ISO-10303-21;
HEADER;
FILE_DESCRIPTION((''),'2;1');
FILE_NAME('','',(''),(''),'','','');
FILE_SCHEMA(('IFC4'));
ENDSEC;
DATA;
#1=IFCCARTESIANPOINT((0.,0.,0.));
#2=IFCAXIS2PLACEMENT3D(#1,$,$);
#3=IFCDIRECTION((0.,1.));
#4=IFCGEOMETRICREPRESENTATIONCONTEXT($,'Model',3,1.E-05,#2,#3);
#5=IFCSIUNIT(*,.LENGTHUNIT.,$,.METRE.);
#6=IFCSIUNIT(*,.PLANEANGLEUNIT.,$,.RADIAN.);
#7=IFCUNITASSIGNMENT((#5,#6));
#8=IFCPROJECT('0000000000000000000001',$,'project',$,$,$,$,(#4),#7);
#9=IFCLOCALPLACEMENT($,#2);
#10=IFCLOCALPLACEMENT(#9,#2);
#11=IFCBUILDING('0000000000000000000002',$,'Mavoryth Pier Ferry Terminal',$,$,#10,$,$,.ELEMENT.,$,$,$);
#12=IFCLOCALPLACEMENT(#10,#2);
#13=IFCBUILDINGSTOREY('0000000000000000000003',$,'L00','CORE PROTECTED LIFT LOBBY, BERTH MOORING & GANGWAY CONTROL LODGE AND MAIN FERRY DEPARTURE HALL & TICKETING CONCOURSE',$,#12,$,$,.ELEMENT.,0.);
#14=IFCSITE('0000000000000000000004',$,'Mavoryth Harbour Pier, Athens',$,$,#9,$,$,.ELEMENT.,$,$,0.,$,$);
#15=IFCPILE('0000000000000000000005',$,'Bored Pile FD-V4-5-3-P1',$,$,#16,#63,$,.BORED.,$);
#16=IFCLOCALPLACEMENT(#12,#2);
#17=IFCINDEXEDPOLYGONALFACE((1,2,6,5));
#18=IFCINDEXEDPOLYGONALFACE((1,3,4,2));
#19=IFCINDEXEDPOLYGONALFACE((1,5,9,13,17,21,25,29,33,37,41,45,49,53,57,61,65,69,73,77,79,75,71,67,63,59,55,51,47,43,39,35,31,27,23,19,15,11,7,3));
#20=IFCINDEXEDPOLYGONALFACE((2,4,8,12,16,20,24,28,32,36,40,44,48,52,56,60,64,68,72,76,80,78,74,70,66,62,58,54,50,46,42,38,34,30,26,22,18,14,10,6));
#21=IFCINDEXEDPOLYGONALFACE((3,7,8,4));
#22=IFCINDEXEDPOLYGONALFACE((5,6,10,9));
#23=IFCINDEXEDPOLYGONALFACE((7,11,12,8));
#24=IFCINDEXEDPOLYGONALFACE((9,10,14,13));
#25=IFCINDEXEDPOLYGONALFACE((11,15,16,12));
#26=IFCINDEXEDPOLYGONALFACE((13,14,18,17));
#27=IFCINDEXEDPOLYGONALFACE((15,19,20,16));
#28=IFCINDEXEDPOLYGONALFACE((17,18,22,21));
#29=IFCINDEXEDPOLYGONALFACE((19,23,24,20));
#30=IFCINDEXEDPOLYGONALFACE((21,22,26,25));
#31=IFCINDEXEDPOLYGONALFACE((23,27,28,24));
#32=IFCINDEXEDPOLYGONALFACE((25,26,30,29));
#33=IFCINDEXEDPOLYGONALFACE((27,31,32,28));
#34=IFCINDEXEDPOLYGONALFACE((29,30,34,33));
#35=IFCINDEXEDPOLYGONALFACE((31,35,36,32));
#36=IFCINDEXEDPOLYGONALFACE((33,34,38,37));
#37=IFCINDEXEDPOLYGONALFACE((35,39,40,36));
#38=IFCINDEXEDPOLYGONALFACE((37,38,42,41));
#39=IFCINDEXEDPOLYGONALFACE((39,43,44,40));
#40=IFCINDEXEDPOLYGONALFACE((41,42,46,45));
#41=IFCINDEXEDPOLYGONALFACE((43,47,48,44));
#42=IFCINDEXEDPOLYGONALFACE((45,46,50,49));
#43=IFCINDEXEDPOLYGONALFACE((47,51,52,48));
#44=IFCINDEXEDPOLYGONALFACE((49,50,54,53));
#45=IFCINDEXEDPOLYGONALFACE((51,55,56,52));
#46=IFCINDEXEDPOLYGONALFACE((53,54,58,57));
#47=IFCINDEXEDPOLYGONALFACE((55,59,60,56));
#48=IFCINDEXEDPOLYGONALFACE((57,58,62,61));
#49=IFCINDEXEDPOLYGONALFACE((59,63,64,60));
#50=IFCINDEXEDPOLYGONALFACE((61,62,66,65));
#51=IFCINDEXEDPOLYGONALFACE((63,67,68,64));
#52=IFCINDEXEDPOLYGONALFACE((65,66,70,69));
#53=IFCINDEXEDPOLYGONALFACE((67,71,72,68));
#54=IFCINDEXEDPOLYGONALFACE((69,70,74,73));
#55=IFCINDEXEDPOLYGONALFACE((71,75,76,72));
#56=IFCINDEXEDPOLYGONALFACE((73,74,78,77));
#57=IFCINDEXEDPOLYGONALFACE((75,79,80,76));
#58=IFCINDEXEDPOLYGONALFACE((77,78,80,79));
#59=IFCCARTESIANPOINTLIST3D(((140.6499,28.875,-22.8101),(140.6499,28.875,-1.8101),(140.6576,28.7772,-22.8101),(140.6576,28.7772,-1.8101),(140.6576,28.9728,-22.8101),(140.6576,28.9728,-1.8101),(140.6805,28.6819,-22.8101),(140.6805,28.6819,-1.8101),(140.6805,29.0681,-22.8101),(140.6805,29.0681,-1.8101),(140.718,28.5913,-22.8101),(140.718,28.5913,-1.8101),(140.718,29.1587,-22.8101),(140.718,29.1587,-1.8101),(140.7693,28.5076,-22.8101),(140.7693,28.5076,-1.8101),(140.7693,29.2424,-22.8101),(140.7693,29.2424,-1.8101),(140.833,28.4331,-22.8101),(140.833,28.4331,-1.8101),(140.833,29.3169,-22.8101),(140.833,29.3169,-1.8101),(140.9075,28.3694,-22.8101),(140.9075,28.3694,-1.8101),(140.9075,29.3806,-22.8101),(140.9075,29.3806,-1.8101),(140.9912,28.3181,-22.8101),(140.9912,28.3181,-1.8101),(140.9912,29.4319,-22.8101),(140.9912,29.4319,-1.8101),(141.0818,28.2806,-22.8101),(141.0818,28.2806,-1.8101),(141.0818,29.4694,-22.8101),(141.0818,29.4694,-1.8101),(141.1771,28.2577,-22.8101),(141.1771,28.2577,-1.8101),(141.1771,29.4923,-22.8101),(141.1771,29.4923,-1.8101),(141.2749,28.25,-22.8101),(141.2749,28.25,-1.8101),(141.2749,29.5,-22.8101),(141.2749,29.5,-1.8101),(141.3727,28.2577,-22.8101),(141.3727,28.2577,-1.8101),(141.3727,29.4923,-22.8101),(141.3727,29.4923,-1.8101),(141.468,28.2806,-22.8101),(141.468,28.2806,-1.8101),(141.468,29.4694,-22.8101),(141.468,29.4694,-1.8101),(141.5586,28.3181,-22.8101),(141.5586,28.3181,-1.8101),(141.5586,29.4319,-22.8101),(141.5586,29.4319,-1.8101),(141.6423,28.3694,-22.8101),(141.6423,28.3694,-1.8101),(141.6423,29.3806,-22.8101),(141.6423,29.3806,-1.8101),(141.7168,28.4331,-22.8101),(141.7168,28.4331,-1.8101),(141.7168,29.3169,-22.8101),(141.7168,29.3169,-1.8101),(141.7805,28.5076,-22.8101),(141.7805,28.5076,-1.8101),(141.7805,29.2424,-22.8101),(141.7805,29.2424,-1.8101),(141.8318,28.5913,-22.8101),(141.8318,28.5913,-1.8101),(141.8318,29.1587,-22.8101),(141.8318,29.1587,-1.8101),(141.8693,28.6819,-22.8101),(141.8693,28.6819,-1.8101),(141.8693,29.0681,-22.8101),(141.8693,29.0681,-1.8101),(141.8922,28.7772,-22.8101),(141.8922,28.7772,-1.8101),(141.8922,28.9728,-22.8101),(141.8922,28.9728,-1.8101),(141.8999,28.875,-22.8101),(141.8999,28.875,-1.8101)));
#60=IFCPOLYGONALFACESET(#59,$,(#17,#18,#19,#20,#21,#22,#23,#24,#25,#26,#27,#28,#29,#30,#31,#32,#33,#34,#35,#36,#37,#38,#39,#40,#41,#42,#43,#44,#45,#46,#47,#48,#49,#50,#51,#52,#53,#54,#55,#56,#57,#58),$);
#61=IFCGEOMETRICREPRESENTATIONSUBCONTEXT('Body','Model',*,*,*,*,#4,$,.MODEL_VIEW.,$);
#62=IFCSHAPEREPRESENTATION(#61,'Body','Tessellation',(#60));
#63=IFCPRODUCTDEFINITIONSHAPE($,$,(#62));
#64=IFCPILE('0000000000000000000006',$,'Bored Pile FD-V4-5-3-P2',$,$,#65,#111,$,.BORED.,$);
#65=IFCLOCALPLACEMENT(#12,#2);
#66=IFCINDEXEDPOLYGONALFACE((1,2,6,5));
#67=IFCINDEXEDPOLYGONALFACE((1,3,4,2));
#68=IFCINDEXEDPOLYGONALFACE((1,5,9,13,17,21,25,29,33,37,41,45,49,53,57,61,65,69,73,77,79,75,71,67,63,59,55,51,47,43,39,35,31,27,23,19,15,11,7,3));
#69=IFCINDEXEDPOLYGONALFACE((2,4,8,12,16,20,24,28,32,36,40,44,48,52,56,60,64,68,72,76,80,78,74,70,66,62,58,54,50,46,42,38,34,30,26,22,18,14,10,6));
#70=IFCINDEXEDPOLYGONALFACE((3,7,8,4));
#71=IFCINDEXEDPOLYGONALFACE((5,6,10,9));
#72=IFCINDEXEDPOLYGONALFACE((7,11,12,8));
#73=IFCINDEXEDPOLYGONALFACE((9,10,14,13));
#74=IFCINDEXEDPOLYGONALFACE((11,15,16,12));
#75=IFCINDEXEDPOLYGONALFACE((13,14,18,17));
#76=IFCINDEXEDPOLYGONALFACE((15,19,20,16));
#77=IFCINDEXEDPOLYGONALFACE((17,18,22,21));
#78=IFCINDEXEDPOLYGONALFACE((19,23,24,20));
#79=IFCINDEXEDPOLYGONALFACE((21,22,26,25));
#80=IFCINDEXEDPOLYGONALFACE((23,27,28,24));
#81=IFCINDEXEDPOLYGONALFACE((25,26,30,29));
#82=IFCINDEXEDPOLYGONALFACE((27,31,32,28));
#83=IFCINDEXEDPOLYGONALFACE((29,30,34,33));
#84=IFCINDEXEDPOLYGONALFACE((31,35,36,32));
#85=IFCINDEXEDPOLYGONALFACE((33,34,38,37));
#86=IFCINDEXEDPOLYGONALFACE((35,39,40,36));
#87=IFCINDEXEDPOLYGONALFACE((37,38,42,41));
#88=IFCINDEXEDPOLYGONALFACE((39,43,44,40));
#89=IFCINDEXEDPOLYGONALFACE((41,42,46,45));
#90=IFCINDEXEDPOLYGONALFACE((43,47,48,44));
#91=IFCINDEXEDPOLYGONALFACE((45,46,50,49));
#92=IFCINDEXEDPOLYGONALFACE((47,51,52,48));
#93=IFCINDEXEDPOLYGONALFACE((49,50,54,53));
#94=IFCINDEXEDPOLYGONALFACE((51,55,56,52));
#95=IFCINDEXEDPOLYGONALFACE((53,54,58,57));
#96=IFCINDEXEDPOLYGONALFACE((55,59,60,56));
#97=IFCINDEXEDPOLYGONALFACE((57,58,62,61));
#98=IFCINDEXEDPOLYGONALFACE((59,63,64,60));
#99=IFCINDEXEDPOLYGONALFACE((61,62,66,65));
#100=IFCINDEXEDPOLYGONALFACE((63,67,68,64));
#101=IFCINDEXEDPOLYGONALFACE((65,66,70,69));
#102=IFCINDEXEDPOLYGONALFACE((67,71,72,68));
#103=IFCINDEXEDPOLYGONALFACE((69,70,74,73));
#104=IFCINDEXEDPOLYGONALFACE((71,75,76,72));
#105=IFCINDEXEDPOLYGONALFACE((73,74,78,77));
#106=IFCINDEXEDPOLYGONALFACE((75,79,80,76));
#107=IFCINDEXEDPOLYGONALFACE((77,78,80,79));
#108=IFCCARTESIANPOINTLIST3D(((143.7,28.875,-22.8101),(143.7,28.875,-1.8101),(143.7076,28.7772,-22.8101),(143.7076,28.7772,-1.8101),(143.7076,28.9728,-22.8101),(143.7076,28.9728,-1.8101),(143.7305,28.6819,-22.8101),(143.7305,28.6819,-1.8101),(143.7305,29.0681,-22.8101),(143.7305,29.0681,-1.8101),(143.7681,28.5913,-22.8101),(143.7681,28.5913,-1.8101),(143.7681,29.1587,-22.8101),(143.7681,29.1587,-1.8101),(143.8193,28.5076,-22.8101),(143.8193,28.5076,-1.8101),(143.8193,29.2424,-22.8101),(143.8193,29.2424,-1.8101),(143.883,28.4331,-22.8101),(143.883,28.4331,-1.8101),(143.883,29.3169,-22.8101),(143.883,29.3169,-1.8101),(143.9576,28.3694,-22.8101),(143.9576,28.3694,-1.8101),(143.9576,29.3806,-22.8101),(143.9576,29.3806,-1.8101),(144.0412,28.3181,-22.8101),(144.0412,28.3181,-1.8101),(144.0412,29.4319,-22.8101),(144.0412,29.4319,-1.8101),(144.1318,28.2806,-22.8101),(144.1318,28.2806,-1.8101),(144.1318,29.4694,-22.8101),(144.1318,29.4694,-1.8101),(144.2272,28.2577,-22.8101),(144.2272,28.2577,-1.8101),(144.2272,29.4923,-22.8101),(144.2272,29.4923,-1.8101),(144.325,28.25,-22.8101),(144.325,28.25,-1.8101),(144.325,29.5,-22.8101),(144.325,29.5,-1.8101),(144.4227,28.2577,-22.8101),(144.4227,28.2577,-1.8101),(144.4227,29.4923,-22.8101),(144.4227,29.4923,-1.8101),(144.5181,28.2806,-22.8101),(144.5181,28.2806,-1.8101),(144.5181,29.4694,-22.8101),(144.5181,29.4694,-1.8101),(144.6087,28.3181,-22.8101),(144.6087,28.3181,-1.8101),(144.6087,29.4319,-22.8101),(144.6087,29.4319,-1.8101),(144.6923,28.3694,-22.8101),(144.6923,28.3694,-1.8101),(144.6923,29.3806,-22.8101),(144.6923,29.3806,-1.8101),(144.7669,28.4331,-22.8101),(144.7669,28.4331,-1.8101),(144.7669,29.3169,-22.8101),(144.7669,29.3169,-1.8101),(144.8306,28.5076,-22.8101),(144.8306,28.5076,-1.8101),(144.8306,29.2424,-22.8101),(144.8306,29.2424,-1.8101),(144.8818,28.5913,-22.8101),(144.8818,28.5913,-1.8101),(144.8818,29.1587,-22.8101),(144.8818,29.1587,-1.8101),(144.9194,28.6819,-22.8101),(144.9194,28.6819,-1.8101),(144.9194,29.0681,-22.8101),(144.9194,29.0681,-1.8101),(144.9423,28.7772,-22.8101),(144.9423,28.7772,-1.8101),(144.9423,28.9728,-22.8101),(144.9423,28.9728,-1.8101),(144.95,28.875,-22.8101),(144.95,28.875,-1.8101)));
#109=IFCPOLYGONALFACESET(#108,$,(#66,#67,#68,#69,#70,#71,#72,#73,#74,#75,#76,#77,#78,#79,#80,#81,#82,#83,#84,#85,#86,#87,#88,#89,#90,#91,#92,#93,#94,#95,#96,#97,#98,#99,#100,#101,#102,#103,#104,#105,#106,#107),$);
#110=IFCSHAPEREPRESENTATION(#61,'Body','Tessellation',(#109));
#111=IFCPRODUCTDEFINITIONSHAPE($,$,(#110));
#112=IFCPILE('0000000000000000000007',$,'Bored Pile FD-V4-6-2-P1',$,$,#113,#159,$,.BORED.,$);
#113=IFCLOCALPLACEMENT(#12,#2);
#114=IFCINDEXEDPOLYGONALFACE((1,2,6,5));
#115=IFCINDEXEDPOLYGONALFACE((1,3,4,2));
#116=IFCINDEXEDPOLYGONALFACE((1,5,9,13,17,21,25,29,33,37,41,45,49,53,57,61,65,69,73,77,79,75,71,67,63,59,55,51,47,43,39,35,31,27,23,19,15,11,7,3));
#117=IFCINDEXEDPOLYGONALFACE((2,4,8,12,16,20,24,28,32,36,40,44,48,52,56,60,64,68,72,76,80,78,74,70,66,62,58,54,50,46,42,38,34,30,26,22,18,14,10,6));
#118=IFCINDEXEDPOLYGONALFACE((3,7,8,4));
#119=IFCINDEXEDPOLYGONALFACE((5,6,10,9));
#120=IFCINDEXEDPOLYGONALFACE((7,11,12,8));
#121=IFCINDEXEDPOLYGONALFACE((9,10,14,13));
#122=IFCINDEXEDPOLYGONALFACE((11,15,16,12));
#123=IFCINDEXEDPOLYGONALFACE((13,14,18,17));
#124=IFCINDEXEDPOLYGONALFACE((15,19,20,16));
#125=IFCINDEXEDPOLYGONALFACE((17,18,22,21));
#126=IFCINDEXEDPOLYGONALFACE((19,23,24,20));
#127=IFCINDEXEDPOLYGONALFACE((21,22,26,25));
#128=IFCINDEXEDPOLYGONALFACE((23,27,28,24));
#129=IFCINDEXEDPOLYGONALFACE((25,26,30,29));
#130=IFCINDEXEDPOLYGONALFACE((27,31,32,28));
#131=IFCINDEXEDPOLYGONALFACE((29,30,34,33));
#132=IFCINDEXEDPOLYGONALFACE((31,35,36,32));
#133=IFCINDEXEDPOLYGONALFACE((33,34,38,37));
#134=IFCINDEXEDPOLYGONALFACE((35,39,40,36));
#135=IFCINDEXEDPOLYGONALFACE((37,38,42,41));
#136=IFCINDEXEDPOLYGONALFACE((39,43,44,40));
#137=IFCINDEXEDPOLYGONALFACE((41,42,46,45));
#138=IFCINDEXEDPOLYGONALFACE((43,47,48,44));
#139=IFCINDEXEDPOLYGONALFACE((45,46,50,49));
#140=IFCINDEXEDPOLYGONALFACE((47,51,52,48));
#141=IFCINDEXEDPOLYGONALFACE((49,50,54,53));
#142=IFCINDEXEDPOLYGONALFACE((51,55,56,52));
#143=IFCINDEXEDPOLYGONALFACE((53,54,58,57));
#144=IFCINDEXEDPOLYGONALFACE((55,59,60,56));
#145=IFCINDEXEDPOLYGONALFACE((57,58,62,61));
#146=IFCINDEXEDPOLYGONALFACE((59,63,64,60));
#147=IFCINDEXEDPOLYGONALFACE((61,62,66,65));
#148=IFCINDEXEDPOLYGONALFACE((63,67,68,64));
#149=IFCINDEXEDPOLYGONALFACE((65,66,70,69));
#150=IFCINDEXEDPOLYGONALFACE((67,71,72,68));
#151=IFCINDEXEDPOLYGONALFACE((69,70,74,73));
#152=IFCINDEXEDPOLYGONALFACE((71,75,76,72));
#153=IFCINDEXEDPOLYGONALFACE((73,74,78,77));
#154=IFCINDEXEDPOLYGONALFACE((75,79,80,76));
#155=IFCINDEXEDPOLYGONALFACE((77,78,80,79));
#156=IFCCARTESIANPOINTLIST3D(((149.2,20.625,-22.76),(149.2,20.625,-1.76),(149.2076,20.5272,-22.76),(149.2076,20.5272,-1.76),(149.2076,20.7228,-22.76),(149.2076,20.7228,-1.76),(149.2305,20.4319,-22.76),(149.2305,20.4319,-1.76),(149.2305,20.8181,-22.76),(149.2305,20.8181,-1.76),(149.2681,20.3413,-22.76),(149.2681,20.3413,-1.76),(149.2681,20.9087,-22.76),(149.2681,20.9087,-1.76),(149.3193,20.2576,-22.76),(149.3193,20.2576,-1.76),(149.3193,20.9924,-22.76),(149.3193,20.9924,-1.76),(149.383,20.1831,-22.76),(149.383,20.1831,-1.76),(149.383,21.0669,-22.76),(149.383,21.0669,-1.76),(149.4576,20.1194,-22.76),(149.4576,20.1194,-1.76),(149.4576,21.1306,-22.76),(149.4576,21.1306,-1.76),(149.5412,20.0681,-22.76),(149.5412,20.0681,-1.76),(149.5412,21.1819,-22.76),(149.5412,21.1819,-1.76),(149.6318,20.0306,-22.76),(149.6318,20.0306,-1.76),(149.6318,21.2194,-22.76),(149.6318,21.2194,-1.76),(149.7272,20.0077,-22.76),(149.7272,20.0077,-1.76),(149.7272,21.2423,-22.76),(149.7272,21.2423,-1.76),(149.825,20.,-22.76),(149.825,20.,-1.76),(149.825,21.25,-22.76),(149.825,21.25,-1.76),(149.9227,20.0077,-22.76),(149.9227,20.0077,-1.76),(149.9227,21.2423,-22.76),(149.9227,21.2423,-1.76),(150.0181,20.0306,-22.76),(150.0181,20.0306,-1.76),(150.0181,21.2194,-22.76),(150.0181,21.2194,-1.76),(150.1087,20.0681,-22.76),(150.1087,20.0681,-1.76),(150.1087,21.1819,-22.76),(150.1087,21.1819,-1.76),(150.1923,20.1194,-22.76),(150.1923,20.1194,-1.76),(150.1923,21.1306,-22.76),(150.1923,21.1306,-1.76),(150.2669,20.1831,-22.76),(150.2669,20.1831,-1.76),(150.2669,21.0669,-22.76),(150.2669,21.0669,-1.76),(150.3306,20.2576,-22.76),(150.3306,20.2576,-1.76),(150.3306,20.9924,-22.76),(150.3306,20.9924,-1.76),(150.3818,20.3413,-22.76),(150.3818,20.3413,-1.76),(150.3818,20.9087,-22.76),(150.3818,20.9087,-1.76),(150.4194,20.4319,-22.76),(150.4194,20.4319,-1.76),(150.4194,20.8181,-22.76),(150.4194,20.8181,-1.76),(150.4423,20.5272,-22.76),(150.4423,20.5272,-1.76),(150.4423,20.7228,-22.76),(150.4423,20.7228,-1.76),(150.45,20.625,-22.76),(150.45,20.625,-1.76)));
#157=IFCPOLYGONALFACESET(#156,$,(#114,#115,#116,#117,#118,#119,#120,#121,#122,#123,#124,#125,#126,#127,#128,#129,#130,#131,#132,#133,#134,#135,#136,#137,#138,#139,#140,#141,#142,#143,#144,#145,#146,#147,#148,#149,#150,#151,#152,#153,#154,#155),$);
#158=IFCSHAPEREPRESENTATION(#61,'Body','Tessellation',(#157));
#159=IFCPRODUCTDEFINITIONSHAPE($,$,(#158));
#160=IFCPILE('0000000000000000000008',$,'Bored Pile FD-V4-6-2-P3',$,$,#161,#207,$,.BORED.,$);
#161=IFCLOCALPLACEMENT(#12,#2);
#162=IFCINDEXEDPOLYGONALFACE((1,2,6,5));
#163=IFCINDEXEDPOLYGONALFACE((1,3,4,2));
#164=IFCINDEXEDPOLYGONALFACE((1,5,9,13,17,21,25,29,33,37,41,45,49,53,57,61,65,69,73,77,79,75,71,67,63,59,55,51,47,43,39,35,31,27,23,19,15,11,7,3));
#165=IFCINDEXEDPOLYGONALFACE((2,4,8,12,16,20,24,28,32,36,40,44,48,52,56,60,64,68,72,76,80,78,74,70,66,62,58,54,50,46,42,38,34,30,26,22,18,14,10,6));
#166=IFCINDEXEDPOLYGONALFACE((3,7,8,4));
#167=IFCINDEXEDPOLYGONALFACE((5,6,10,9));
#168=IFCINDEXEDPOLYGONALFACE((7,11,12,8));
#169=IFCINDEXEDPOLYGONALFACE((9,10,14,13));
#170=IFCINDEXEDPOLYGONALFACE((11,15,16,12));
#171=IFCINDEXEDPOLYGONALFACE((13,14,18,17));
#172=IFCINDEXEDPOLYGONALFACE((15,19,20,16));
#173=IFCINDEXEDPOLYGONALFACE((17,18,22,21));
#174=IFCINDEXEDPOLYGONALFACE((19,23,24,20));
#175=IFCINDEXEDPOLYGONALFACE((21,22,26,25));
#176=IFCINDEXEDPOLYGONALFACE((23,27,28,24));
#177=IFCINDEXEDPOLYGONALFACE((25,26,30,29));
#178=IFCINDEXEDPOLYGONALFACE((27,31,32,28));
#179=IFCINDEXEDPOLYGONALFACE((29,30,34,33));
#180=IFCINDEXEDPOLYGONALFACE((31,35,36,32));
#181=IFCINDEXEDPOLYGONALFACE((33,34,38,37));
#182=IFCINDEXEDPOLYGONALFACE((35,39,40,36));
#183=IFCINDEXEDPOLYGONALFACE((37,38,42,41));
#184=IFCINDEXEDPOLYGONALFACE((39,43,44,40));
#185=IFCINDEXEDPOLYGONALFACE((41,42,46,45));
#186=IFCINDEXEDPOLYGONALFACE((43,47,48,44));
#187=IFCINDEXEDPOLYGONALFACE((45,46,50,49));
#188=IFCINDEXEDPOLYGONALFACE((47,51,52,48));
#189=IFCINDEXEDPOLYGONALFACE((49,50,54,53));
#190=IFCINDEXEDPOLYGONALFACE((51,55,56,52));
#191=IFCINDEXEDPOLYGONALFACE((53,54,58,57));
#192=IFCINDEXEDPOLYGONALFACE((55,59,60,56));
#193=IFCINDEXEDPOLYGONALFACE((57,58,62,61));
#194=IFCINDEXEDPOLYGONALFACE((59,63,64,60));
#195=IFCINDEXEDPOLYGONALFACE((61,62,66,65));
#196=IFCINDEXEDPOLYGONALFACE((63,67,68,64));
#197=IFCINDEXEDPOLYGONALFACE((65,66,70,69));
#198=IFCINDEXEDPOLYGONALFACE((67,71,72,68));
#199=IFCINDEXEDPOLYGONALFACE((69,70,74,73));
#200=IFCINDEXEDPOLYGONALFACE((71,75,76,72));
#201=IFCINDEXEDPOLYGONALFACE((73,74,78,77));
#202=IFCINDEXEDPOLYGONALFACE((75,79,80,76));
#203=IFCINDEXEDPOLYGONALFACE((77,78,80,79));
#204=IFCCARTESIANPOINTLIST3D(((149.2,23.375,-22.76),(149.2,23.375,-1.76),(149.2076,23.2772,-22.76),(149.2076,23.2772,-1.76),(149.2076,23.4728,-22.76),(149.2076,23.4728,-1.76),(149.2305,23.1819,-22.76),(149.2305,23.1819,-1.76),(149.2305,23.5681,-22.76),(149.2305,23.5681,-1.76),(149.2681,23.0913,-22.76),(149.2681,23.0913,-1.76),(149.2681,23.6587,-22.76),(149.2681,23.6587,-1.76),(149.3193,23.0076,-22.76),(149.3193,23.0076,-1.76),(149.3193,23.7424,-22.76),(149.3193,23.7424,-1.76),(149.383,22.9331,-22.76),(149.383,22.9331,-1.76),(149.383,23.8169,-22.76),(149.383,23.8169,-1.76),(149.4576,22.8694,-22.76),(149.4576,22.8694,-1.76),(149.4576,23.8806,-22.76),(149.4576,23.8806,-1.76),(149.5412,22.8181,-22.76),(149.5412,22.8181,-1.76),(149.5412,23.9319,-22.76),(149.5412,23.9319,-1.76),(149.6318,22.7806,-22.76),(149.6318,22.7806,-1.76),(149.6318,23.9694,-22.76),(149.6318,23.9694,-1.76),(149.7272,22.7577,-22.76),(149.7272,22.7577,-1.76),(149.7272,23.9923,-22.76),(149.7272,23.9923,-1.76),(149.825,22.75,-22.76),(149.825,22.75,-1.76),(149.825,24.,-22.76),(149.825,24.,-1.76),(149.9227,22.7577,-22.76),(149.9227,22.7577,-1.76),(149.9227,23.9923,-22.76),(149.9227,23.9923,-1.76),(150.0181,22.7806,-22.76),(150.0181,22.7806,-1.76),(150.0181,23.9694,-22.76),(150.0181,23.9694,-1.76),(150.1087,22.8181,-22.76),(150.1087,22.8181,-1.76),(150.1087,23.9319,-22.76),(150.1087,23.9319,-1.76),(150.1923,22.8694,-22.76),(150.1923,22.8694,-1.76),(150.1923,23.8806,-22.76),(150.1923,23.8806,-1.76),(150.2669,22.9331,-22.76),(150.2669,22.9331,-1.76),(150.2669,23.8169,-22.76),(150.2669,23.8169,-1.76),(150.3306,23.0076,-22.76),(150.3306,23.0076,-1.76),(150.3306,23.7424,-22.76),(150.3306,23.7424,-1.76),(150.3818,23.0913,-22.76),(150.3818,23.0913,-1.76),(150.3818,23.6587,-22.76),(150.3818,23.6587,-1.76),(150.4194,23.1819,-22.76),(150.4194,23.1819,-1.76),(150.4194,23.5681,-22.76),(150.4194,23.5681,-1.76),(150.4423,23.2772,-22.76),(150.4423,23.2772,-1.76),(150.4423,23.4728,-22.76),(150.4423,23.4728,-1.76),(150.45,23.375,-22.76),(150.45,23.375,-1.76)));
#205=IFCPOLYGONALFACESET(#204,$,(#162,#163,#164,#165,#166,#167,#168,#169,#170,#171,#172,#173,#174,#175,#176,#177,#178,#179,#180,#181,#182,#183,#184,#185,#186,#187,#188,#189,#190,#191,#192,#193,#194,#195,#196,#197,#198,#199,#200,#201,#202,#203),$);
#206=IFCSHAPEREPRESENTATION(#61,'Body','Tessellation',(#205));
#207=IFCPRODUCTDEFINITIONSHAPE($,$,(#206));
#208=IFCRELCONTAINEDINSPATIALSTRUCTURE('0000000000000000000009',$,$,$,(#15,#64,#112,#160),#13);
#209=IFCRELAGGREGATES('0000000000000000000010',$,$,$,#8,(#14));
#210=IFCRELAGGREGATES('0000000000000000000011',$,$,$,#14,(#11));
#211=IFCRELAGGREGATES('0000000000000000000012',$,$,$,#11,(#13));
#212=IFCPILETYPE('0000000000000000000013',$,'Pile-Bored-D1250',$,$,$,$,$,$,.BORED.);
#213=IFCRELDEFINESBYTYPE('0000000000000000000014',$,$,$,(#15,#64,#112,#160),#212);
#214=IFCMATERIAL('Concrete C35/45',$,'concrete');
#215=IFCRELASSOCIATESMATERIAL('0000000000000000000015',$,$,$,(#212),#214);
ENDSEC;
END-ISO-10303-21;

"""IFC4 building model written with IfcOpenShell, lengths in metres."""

from ifc_helpers import new_model, si_unit, direction, frame, origin, origin_2d, place, context, subcontext, project, spatial, circle, extrude, material, material_profile, profile_set, type_object, element, save


model = new_model("IFC4")

# Units and contexts
model_context = context("Model", 3, precision=1e-05, world=origin(), true_north=direction((0.0, 1.0)))
body_context = subcontext(model_context, "Body", "Model", "MODEL_VIEW")
ifc_project = project(units=[si_unit("LENGTHUNIT", "METRE"), si_unit("PLANEANGLEUNIT", "RADIAN")], contexts=[model_context])

# Site, building, storey
site_placement = place(None, origin())
site = spatial("IfcSite", under=ifc_project, at=site_placement, Name="Mavoryth Harbour Pier, Athens", CompositionType="ELEMENT", RefElevation=0.0)
building_placement = place(site_placement, origin())
building = spatial("IfcBuilding", under=site, at=building_placement, Name="Mavoryth Pier Ferry Terminal", CompositionType="ELEMENT")
storey_placement = place(building_placement, origin())
storey = spatial("IfcBuildingStorey", under=building, at=storey_placement, Name="L00", Description="CORE PROTECTED LIFT LOBBY, BERTH MOORING & GANGWAY CONTROL LODGE AND MAIN FERRY DEPARTURE HALL & TICKETING CONCOURSE", CompositionType="ELEMENT", Elevation=0.0)

# Shared definitions
ifc_material_1 = material(Name="Concrete C35/45", Category="concrete")

# Piles
ifc_material_profile_1 = material_profile(ifc_material_1, circle(Radius=0.625, at=origin_2d()), Name="PILE D1250", Category="concrete")
ifc_profile_set_1 = profile_set([ifc_material_profile_1], Name="Concrete C35/45 - PILE D1250")
pile_type = type_object("IfcPileType", Name="Pile-Bored-D1250", PredefinedType="BORED", material=ifc_profile_set_1)
for number, where, z_axis, x_axis, name in (
    (1, (141.2749, 28.875, -1.8101), (0.0, 0.0, -1.0), (1.0, 0.0, 0.0), "Bored Pile FD-V4-5-3-P1"),
    (2, (144.325, 28.875, -1.8101), (0.0, 0.0, -1.0), (1.0, 0.0, 0.0), "Bored Pile FD-V4-5-3-P2"),
    (3, (149.825, 20.625, -1.76), (0.0, 0.0, -1.0), (1.0, 0.0, 0.0), "Bored Pile FD-V4-6-2-P1"),
    (4, (149.825, 23.375, -1.76), (0.0, 0.0, -1.0), (1.0, 0.0, 0.0), "Bored Pile FD-V4-6-2-P3"),
):
    element("IfcPile", number, at=place(storey_placement, frame(where, z_axis=z_axis, x_axis=x_axis)), inside=storey, type_object=pile_type, Name=name, PredefinedType="BORED", context=body_context, shape_type="SweptSolid", body=[
        extrude(circle(Radius=0.625, at=origin_2d()), origin(), (0.0, 0.0, 1.0), 21.0),
    ])

save(model, "model.ifc")
